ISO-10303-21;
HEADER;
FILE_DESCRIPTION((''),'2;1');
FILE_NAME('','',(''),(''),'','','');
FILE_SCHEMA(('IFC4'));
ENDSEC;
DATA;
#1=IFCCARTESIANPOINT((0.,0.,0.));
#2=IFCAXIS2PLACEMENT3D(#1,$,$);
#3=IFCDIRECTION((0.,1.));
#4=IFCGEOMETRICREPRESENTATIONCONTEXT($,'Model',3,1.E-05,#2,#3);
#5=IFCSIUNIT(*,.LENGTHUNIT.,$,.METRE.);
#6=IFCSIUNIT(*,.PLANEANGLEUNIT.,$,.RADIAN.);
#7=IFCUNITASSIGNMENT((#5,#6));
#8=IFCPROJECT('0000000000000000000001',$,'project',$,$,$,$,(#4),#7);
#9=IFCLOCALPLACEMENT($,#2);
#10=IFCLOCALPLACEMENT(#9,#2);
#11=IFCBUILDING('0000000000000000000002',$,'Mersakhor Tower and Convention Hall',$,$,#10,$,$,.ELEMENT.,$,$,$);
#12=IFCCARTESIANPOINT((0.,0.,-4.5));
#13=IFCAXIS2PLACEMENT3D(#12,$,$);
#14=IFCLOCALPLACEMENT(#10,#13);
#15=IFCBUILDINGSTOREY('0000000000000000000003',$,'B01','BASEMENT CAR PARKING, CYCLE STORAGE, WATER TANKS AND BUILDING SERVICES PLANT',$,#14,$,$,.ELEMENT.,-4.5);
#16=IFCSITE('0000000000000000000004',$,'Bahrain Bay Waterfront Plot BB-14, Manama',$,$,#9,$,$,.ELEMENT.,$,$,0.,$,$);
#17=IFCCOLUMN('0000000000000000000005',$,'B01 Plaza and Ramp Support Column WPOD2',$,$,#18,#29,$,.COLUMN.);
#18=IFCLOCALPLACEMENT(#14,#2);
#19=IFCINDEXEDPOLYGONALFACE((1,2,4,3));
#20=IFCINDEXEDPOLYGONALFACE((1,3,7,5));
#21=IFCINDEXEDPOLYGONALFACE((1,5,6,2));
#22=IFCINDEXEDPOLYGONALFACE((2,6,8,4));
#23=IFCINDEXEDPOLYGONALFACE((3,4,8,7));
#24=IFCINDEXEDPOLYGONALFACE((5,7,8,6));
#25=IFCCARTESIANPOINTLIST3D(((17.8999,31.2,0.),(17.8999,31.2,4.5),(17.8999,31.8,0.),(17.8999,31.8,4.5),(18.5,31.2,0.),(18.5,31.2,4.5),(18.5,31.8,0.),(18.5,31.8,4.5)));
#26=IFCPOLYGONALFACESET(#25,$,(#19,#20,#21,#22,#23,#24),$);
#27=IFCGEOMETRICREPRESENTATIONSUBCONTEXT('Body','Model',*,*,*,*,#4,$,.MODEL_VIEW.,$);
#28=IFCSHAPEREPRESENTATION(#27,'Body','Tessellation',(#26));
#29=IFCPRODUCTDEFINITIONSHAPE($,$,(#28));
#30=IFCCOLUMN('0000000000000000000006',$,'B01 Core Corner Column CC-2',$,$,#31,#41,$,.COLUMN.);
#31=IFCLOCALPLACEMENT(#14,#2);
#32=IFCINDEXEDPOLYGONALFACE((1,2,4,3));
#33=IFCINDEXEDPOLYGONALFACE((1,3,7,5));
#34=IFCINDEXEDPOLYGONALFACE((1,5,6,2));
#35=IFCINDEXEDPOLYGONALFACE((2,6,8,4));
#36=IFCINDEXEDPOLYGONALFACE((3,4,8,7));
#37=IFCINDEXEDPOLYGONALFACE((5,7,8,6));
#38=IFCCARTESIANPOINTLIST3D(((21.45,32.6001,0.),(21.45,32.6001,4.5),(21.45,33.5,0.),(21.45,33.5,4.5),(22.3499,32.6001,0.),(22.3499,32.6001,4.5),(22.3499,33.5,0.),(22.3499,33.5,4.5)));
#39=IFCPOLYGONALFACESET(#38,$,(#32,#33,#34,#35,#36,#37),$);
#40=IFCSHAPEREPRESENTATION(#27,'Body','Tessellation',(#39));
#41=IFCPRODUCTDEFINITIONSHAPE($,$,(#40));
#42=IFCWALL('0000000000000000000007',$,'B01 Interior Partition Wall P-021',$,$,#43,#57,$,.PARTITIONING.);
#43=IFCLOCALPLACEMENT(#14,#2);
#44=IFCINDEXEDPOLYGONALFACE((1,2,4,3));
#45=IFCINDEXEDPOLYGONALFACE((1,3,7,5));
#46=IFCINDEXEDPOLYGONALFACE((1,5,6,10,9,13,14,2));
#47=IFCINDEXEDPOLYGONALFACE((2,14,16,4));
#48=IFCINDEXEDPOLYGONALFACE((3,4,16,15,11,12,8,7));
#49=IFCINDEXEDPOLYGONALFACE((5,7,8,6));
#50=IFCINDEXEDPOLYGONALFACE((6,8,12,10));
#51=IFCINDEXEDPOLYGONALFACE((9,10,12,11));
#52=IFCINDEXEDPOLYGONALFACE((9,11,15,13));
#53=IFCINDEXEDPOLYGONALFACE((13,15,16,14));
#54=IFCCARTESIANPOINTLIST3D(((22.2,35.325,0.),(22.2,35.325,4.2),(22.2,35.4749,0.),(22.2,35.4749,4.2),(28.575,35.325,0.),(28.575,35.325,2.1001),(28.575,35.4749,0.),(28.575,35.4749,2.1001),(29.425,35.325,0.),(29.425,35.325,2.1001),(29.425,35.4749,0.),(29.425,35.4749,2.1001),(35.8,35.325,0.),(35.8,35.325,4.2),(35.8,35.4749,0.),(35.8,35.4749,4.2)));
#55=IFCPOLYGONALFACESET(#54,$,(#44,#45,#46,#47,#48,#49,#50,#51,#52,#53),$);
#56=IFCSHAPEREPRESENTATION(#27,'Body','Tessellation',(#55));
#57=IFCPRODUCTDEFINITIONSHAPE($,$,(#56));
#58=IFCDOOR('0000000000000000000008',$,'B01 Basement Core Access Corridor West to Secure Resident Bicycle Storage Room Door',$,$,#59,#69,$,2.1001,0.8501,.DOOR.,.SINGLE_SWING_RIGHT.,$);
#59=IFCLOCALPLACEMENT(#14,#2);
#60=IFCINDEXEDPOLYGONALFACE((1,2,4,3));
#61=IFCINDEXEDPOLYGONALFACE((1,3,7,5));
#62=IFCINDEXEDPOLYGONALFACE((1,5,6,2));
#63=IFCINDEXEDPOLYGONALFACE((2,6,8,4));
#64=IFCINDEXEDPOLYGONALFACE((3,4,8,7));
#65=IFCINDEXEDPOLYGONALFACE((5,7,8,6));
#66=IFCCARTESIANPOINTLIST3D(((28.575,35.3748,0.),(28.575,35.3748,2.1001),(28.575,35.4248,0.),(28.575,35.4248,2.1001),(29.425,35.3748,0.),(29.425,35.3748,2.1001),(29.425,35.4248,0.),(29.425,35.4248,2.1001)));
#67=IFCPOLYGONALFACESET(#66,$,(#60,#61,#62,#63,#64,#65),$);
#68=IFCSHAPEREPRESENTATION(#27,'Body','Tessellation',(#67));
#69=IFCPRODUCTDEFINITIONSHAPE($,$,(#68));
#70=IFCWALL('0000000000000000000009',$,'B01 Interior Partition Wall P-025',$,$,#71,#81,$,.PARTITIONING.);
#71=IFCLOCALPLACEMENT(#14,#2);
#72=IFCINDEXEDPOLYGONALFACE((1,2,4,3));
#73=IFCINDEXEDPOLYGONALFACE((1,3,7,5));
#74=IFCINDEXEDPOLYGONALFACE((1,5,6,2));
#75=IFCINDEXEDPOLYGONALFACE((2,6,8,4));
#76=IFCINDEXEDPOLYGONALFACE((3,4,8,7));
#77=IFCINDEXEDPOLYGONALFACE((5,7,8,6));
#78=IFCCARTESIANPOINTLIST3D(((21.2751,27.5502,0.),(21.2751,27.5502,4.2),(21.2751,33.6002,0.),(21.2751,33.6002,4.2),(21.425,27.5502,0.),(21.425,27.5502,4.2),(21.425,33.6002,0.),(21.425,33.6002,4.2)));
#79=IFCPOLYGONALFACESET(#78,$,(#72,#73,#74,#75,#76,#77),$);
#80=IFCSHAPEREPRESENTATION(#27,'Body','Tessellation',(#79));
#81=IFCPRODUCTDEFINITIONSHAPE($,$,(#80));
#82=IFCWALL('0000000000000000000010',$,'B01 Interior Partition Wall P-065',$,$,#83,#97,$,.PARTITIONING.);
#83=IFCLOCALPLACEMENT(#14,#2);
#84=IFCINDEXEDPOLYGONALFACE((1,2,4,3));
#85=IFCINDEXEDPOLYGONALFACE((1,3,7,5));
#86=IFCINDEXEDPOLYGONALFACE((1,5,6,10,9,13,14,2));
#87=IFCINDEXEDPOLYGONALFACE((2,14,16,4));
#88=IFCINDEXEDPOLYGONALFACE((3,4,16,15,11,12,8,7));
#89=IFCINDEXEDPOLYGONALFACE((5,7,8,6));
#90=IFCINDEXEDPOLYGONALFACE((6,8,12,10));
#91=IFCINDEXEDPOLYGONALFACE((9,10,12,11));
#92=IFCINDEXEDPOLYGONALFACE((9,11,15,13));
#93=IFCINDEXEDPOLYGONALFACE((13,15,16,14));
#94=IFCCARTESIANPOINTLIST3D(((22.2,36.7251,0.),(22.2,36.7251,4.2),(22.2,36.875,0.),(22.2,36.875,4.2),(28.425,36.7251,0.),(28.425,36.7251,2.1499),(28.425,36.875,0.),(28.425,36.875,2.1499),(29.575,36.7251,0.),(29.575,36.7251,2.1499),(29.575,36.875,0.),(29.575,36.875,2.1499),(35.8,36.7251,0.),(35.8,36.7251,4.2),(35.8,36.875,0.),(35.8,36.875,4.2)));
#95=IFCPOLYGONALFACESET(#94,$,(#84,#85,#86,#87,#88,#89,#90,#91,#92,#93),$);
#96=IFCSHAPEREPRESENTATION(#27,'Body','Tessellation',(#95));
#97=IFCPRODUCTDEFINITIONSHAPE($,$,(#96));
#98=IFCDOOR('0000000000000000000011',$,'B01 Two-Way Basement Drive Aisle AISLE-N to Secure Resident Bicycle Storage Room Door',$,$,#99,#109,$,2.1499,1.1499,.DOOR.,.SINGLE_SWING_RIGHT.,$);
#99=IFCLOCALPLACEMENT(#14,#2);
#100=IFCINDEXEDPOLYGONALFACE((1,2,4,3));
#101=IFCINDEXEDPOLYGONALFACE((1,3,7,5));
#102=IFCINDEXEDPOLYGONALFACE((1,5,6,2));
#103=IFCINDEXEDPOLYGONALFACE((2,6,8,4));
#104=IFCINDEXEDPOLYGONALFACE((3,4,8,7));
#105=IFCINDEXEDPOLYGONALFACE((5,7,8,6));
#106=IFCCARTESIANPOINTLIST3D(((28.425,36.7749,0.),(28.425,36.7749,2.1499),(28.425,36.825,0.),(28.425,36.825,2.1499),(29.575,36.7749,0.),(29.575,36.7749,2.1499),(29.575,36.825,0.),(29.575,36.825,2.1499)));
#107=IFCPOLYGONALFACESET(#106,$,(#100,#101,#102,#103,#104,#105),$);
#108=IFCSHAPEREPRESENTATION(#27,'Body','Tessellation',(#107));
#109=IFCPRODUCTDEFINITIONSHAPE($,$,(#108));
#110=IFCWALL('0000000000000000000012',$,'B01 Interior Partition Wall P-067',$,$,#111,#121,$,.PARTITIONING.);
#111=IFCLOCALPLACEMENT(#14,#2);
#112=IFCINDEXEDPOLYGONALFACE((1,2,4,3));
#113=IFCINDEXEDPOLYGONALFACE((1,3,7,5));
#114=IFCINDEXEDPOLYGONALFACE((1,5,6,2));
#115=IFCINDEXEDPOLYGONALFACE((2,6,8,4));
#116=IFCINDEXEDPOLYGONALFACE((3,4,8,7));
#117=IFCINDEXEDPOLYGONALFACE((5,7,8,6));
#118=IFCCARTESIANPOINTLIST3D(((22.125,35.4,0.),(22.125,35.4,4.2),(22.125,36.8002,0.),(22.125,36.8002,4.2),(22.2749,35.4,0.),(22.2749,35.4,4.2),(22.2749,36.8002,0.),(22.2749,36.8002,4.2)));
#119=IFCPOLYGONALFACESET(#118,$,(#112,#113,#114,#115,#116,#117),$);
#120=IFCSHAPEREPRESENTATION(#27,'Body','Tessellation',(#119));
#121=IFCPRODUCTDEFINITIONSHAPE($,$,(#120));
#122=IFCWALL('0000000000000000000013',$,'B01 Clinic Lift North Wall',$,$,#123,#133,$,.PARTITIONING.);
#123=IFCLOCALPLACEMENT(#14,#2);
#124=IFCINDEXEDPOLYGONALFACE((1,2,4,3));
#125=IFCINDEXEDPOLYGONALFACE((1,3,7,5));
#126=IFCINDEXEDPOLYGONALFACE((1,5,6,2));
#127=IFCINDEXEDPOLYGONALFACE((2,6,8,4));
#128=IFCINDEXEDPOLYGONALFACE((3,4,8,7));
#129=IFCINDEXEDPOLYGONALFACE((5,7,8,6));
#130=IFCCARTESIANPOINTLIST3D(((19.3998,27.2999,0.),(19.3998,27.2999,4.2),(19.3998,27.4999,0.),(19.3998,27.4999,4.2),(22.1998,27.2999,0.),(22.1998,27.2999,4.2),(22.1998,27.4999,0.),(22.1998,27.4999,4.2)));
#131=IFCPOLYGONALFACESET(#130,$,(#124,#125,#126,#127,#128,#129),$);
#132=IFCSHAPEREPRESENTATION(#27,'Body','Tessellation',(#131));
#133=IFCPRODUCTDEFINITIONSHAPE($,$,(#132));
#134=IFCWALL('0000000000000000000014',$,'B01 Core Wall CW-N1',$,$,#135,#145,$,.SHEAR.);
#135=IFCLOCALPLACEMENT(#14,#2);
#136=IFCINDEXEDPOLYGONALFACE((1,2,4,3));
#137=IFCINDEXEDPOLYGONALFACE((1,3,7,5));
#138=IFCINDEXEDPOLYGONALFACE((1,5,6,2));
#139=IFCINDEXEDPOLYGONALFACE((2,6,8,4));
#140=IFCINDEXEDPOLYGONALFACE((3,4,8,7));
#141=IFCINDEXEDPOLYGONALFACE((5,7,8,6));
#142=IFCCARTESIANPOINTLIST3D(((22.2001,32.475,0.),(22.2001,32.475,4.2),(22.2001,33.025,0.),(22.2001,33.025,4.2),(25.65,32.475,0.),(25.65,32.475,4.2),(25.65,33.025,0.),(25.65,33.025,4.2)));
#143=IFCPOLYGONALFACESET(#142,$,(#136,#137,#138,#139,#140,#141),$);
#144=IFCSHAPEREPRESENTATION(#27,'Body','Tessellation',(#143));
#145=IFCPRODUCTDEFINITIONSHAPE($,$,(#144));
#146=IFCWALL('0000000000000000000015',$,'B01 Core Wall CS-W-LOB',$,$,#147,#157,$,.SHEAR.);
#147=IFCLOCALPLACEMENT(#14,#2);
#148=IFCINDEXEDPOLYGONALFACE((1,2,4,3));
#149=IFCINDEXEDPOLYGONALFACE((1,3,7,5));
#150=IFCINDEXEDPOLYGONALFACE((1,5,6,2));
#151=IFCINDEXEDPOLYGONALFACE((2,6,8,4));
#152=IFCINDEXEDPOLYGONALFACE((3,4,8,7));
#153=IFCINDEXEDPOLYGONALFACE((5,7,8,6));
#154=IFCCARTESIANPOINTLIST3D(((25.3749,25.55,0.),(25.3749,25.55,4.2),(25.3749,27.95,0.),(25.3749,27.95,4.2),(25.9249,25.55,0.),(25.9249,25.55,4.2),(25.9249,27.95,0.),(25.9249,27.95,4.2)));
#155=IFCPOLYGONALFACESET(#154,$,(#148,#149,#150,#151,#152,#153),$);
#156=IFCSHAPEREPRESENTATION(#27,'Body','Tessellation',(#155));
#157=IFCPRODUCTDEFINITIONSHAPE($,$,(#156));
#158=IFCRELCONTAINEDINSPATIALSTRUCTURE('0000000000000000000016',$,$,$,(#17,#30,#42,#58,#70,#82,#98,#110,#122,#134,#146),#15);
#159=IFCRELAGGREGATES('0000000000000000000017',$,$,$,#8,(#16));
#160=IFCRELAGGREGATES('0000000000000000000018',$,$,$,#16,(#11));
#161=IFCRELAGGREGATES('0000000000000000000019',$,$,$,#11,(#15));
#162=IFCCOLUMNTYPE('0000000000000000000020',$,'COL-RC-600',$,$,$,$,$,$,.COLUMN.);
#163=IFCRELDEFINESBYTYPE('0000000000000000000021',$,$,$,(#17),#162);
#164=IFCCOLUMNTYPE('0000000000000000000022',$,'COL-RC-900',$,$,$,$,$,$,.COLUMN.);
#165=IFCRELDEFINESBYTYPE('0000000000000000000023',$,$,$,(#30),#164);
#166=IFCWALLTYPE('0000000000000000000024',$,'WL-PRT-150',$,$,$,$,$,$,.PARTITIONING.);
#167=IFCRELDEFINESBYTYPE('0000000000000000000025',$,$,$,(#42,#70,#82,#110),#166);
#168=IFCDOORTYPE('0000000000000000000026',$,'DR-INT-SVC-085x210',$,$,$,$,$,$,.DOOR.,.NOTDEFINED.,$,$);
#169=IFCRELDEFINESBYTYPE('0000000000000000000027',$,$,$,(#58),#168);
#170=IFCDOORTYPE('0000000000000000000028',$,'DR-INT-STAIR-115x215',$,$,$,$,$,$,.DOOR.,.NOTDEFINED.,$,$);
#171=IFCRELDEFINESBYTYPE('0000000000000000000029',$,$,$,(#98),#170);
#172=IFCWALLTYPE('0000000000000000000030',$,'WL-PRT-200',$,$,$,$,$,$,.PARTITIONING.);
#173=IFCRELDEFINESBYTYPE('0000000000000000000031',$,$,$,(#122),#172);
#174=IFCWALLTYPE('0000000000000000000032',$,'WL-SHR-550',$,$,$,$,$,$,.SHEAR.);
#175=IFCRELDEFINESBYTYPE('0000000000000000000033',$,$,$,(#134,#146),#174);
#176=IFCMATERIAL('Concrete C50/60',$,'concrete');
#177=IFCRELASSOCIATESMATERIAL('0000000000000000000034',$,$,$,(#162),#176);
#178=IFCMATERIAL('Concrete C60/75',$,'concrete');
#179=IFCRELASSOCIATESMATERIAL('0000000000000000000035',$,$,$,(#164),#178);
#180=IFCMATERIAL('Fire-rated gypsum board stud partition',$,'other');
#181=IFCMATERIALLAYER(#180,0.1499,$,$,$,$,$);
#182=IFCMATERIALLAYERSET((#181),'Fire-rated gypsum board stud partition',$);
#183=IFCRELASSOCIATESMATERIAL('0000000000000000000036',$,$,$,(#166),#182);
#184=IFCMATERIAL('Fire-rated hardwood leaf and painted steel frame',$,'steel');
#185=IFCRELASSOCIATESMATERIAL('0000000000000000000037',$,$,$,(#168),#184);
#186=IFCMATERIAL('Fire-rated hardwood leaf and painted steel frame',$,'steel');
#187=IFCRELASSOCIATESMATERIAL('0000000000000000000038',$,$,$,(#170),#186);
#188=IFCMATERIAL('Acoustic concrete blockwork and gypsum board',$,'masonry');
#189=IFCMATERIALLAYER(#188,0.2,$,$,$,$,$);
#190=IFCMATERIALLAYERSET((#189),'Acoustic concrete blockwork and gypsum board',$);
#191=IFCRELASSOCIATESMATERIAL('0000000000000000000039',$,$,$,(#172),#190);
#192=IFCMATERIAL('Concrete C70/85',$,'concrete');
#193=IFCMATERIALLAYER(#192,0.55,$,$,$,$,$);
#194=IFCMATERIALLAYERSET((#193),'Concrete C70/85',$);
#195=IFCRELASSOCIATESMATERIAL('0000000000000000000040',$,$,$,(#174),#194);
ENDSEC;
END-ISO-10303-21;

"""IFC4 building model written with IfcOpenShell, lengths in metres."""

from ifc_helpers import new_model, si_unit, direction, frame, frame_2d, origin, origin_2d, place, context, subcontext, project, spatial, rectangle, extrude, material, layer, layer_set, material_profile, profile_set, type_object, element, fill, save


model = new_model("IFC4")

# Units and contexts
model_context = context("Model", 3, precision=1e-05, world=origin(), true_north=direction((0.0, 1.0)))
body_context = subcontext(model_context, "Body", "Model", "MODEL_VIEW")
ifc_project = project(units=[si_unit("LENGTHUNIT", "METRE"), si_unit("PLANEANGLEUNIT", "RADIAN")], contexts=[model_context])

# Site, building, storey
site_placement = place(None, origin())
site = spatial("IfcSite", under=ifc_project, at=site_placement, Name="Bahrain Bay Waterfront Plot BB-14, Manama", CompositionType="ELEMENT", RefElevation=0.0)
building_placement = place(site_placement, origin())
building = spatial("IfcBuilding", under=site, at=building_placement, Name="Mersakhor Tower and Convention Hall", CompositionType="ELEMENT")
storey_placement = place(building_placement, frame((0.0, 0.0, -4.5)))
storey = spatial("IfcBuildingStorey", under=building, at=storey_placement, Name="B01", Description="BASEMENT CAR PARKING, CYCLE STORAGE, WATER TANKS AND BUILDING SERVICES PLANT", CompositionType="ELEMENT", Elevation=-4.5)

# Columns
ifc_material_1 = material(Name="Concrete C50/60", Category="concrete")
ifc_material_profile_1 = material_profile(ifc_material_1, rectangle(XDim=0.6001, YDim=0.6001, at=origin_2d()), Name="RC 600x600")
ifc_profile_set_1 = profile_set([ifc_material_profile_1], Name="Concrete C50/60")
column_type_1 = type_object("IfcColumnType", Name="COL-RC-600", PredefinedType="COLUMN", material=ifc_profile_set_1)
column_1_placement = place(storey_placement, frame((18.2, 31.5, 0.0), z_axis=(0.0, 0.0, 1.0), x_axis=(1.0, 0.0, 0.0)))
element("IfcColumn", 1, at=column_1_placement, inside=storey, type_object=column_type_1, Name="B01 Plaza and Ramp Support Column WPOD2", PredefinedType="COLUMN", context=body_context, shape_type="SweptSolid", body=[
    extrude(rectangle(XDim=0.6001, YDim=0.6001, at=origin_2d()), origin(), (0.0, 0.0, 1.0), 4.5),
])
ifc_material_2 = material(Name="Concrete C60/75", Category="concrete")
ifc_material_profile_2 = material_profile(ifc_material_2, rectangle(XDim=0.8999, YDim=0.8999, at=origin_2d()), Name="RC 900x900")
ifc_profile_set_2 = profile_set([ifc_material_profile_2], Name="Concrete C60/75")
column_type_2 = type_object("IfcColumnType", Name="COL-RC-900", PredefinedType="COLUMN", material=ifc_profile_set_2)
column_2_placement = place(storey_placement, frame((21.8999, 33.05, 0.0), z_axis=(0.0, 0.0, 1.0), x_axis=(1.0, 0.0, 0.0)))
element("IfcColumn", 2, at=column_2_placement, inside=storey, type_object=column_type_2, Name="B01 Core Corner Column CC-2", PredefinedType="COLUMN", context=body_context, shape_type="SweptSolid", body=[
    extrude(rectangle(XDim=0.8999, YDim=0.8999, at=origin_2d()), origin(), (0.0, 0.0, 1.0), 4.5),
])

# Wall, opening, door
ifc_material_3 = material(Name="Fire-rated gypsum board stud partition", Category="other")
ifc_layer_1 = layer(ifc_material_3, 0.1499)
ifc_layer_set_1 = layer_set([ifc_layer_1], Name="Fire-rated gypsum board stud partition")
wall_type_1 = type_object("IfcWallType", Name="WL-PRT-150", PredefinedType="PARTITIONING", material=ifc_layer_set_1)
wall_1_placement = place(storey_placement, frame((22.2, 35.3999, 0.0), z_axis=(0.0, 0.0, 1.0), x_axis=(1.0, 0.0, 0.0)))
wall_1 = element("IfcWall", 3, at=wall_1_placement, inside=storey, type_object=wall_type_1, Name="B01 Interior Partition Wall P-021", PredefinedType="PARTITIONING", context=body_context, shape_type="SweptSolid", body=[
    extrude(rectangle(XDim=13.6001, YDim=0.1499, at=frame_2d((6.8, 0.0))), origin(), (0.0, 0.0, 1.0), 4.2),
])
opening_1_placement = place(wall_1_placement, frame((6.375, 0.0, 0.0)))
opening_1 = element("IfcOpeningElement", 4, at=opening_1_placement, cuts=wall_1, PredefinedType="OPENING", context=body_context, shape_type="SweptSolid", body=[
    extrude(rectangle(XDim=0.8501, YDim=2.1001, at=frame_2d((0.425, 1.05))), frame((0.0, 0.085, 0.0), z_axis=(0.0, -1.0, 0.0), x_axis=(1.0, 0.0, 0.0)), (0.0, 0.0, 1.0), 0.1699),
])
ifc_material_4 = material(Name="Fire-rated hardwood leaf and painted steel frame", Category="steel")
door_type_1 = type_object("IfcDoorType", Name="DR-INT-SVC-085x210", OperationType="NOTDEFINED", PredefinedType="DOOR", material=ifc_material_4)
door_1_placement = place(opening_1_placement, origin())
door_1 = element("IfcDoor", 5, at=door_1_placement, inside=storey, type_object=door_type_1, Name="B01 Basement Core Access Corridor West to Secure Resident Bicycle Storage Room Door", OperationType="SINGLE_SWING_RIGHT", OverallHeight=2.1001, OverallWidth=0.8501, PredefinedType="DOOR", context=body_context, shape_type="SweptSolid", body=[
    extrude(rectangle(XDim=0.8501, YDim=2.1001, at=frame_2d((0.425, 1.05))), frame((0.0, 0.0249, 0.0), z_axis=(0.0, -1.0, 0.0), x_axis=(1.0, 0.0, 0.0)), (0.0, 0.0, 1.0), 0.05),
])
fill(opening_1, door_1)

# Wall
wall_2_placement = place(storey_placement, frame((21.3501, 33.6001, 0.0), z_axis=(0.0, 0.0, 1.0), x_axis=(0.0, -1.0, 0.0)))
element("IfcWall", 6, at=wall_2_placement, inside=storey, type_object=wall_type_1, Name="B01 Interior Partition Wall P-025", PredefinedType="PARTITIONING", context=body_context, shape_type="SweptSolid", body=[
    extrude(rectangle(XDim=6.05, YDim=0.1499, at=frame_2d((3.0249, 0.0))), origin(), (0.0, 0.0, 1.0), 4.2),
])

# Wall, opening, door
wall_3_placement = place(storey_placement, frame((22.2, 36.8, 0.0), z_axis=(0.0, 0.0, 1.0), x_axis=(1.0, 0.0, 0.0)))
wall_3 = element("IfcWall", 7, at=wall_3_placement, inside=storey, type_object=wall_type_1, Name="B01 Interior Partition Wall P-065", PredefinedType="PARTITIONING", context=body_context, shape_type="SweptSolid", body=[
    extrude(rectangle(XDim=13.6001, YDim=0.1499, at=frame_2d((6.8, 0.0))), origin(), (0.0, 0.0, 1.0), 4.2),
])
opening_2_placement = place(wall_3_placement, frame((6.2251, 0.0, 0.0)))
opening_2 = element("IfcOpeningElement", 8, at=opening_2_placement, cuts=wall_3, PredefinedType="OPENING", context=body_context, shape_type="SweptSolid", body=[
    extrude(rectangle(XDim=1.1499, YDim=2.1499, at=frame_2d((0.575, 1.075))), frame((0.0, 0.085, 0.0), z_axis=(0.0, -1.0, 0.0), x_axis=(1.0, 0.0, 0.0)), (0.0, 0.0, 1.0), 0.1699),
])
ifc_material_5 = material(Name="Fire-rated hardwood leaf and painted steel frame", Category="steel")
door_type_2 = type_object("IfcDoorType", Name="DR-INT-STAIR-115x215", OperationType="NOTDEFINED", PredefinedType="DOOR", material=ifc_material_5)
door_2_placement = place(opening_2_placement, origin())
door_2 = element("IfcDoor", 9, at=door_2_placement, inside=storey, type_object=door_type_2, Name="B01 Two-Way Basement Drive Aisle AISLE-N to Secure Resident Bicycle Storage Room Door", OperationType="SINGLE_SWING_RIGHT", OverallHeight=2.1499, OverallWidth=1.1499, PredefinedType="DOOR", context=body_context, shape_type="SweptSolid", body=[
    extrude(rectangle(XDim=1.1499, YDim=2.1499, at=frame_2d((0.575, 1.075))), frame((0.0, 0.0249, 0.0), z_axis=(0.0, -1.0, 0.0), x_axis=(1.0, 0.0, 0.0)), (0.0, 0.0, 1.0), 0.05),
])
fill(opening_2, door_2)

# Wall
wall_4_placement = place(storey_placement, frame((22.2, 35.3999, 0.0), z_axis=(0.0, 0.0, 1.0), x_axis=(0.0, 1.0, 0.0)))
element("IfcWall", 10, at=wall_4_placement, inside=storey, type_object=wall_type_1, Name="B01 Interior Partition Wall P-067", PredefinedType="PARTITIONING", context=body_context, shape_type="SweptSolid", body=[
    extrude(rectangle(XDim=1.4001, YDim=0.1499, at=frame_2d((0.7002, 0.0))), origin(), (0.0, 0.0, 1.0), 4.2),
])

# Shared definitions
ifc_material_6 = material(Name="Acoustic concrete blockwork and gypsum board", Category="masonry")
ifc_layer_2 = layer(ifc_material_6, 0.2)
ifc_layer_set_2 = layer_set([ifc_layer_2], Name="Acoustic concrete blockwork and gypsum board")
wall_type_2 = type_object("IfcWallType", Name="WL-PRT-200", PredefinedType="PARTITIONING", material=ifc_layer_set_2)

# Walls
wall_5_placement = place(storey_placement, frame((19.3999, 27.3999, 0.0), z_axis=(0.0, 0.0, 1.0), x_axis=(1.0, 0.0, 0.0)))
element("IfcWall", 11, at=wall_5_placement, inside=storey, type_object=wall_type_2, Name="B01 Clinic Lift North Wall", PredefinedType="PARTITIONING", context=body_context, shape_type="SweptSolid", body=[
    extrude(rectangle(XDim=2.8, YDim=0.2, at=frame_2d((1.3999, 0.0))), origin(), (0.0, 0.0, 1.0), 4.2),
])
ifc_material_7 = material(Name="Concrete C70/85", Category="concrete")
ifc_layer_3 = layer(ifc_material_7, 0.55)
ifc_layer_set_3 = layer_set([ifc_layer_3], Name="Concrete C70/85")
wall_type_3 = type_object("IfcWallType", Name="WL-SHR-550", PredefinedType="SHEAR", material=ifc_layer_set_3)
wall_6_placement = place(storey_placement, frame((22.2, 32.75, 0.0), z_axis=(0.0, 0.0, 1.0), x_axis=(1.0, 0.0, 0.0)))
element("IfcWall", 12, at=wall_6_placement, inside=storey, type_object=wall_type_3, Name="B01 Core Wall CW-N1", PredefinedType="SHEAR", context=body_context, shape_type="SweptSolid", body=[
    extrude(rectangle(XDim=3.45, YDim=0.55, at=frame_2d((1.7251, 0.0))), origin(), (0.0, 0.0, 1.0), 4.2),
])
wall_7_placement = place(storey_placement, frame((25.6499, 25.55, 0.0), z_axis=(0.0, 0.0, 1.0), x_axis=(0.0, 1.0, 0.0)))
element("IfcWall", 13, at=wall_7_placement, inside=storey, type_object=wall_type_3, Name="B01 Core Wall CS-W-LOB", PredefinedType="SHEAR", context=body_context, shape_type="SweptSolid", body=[
    extrude(rectangle(XDim=2.3999, YDim=0.55, at=frame_2d((1.2, 0.0))), origin(), (0.0, 0.0, 1.0), 4.2),
])

save(model, "model.ifc")
